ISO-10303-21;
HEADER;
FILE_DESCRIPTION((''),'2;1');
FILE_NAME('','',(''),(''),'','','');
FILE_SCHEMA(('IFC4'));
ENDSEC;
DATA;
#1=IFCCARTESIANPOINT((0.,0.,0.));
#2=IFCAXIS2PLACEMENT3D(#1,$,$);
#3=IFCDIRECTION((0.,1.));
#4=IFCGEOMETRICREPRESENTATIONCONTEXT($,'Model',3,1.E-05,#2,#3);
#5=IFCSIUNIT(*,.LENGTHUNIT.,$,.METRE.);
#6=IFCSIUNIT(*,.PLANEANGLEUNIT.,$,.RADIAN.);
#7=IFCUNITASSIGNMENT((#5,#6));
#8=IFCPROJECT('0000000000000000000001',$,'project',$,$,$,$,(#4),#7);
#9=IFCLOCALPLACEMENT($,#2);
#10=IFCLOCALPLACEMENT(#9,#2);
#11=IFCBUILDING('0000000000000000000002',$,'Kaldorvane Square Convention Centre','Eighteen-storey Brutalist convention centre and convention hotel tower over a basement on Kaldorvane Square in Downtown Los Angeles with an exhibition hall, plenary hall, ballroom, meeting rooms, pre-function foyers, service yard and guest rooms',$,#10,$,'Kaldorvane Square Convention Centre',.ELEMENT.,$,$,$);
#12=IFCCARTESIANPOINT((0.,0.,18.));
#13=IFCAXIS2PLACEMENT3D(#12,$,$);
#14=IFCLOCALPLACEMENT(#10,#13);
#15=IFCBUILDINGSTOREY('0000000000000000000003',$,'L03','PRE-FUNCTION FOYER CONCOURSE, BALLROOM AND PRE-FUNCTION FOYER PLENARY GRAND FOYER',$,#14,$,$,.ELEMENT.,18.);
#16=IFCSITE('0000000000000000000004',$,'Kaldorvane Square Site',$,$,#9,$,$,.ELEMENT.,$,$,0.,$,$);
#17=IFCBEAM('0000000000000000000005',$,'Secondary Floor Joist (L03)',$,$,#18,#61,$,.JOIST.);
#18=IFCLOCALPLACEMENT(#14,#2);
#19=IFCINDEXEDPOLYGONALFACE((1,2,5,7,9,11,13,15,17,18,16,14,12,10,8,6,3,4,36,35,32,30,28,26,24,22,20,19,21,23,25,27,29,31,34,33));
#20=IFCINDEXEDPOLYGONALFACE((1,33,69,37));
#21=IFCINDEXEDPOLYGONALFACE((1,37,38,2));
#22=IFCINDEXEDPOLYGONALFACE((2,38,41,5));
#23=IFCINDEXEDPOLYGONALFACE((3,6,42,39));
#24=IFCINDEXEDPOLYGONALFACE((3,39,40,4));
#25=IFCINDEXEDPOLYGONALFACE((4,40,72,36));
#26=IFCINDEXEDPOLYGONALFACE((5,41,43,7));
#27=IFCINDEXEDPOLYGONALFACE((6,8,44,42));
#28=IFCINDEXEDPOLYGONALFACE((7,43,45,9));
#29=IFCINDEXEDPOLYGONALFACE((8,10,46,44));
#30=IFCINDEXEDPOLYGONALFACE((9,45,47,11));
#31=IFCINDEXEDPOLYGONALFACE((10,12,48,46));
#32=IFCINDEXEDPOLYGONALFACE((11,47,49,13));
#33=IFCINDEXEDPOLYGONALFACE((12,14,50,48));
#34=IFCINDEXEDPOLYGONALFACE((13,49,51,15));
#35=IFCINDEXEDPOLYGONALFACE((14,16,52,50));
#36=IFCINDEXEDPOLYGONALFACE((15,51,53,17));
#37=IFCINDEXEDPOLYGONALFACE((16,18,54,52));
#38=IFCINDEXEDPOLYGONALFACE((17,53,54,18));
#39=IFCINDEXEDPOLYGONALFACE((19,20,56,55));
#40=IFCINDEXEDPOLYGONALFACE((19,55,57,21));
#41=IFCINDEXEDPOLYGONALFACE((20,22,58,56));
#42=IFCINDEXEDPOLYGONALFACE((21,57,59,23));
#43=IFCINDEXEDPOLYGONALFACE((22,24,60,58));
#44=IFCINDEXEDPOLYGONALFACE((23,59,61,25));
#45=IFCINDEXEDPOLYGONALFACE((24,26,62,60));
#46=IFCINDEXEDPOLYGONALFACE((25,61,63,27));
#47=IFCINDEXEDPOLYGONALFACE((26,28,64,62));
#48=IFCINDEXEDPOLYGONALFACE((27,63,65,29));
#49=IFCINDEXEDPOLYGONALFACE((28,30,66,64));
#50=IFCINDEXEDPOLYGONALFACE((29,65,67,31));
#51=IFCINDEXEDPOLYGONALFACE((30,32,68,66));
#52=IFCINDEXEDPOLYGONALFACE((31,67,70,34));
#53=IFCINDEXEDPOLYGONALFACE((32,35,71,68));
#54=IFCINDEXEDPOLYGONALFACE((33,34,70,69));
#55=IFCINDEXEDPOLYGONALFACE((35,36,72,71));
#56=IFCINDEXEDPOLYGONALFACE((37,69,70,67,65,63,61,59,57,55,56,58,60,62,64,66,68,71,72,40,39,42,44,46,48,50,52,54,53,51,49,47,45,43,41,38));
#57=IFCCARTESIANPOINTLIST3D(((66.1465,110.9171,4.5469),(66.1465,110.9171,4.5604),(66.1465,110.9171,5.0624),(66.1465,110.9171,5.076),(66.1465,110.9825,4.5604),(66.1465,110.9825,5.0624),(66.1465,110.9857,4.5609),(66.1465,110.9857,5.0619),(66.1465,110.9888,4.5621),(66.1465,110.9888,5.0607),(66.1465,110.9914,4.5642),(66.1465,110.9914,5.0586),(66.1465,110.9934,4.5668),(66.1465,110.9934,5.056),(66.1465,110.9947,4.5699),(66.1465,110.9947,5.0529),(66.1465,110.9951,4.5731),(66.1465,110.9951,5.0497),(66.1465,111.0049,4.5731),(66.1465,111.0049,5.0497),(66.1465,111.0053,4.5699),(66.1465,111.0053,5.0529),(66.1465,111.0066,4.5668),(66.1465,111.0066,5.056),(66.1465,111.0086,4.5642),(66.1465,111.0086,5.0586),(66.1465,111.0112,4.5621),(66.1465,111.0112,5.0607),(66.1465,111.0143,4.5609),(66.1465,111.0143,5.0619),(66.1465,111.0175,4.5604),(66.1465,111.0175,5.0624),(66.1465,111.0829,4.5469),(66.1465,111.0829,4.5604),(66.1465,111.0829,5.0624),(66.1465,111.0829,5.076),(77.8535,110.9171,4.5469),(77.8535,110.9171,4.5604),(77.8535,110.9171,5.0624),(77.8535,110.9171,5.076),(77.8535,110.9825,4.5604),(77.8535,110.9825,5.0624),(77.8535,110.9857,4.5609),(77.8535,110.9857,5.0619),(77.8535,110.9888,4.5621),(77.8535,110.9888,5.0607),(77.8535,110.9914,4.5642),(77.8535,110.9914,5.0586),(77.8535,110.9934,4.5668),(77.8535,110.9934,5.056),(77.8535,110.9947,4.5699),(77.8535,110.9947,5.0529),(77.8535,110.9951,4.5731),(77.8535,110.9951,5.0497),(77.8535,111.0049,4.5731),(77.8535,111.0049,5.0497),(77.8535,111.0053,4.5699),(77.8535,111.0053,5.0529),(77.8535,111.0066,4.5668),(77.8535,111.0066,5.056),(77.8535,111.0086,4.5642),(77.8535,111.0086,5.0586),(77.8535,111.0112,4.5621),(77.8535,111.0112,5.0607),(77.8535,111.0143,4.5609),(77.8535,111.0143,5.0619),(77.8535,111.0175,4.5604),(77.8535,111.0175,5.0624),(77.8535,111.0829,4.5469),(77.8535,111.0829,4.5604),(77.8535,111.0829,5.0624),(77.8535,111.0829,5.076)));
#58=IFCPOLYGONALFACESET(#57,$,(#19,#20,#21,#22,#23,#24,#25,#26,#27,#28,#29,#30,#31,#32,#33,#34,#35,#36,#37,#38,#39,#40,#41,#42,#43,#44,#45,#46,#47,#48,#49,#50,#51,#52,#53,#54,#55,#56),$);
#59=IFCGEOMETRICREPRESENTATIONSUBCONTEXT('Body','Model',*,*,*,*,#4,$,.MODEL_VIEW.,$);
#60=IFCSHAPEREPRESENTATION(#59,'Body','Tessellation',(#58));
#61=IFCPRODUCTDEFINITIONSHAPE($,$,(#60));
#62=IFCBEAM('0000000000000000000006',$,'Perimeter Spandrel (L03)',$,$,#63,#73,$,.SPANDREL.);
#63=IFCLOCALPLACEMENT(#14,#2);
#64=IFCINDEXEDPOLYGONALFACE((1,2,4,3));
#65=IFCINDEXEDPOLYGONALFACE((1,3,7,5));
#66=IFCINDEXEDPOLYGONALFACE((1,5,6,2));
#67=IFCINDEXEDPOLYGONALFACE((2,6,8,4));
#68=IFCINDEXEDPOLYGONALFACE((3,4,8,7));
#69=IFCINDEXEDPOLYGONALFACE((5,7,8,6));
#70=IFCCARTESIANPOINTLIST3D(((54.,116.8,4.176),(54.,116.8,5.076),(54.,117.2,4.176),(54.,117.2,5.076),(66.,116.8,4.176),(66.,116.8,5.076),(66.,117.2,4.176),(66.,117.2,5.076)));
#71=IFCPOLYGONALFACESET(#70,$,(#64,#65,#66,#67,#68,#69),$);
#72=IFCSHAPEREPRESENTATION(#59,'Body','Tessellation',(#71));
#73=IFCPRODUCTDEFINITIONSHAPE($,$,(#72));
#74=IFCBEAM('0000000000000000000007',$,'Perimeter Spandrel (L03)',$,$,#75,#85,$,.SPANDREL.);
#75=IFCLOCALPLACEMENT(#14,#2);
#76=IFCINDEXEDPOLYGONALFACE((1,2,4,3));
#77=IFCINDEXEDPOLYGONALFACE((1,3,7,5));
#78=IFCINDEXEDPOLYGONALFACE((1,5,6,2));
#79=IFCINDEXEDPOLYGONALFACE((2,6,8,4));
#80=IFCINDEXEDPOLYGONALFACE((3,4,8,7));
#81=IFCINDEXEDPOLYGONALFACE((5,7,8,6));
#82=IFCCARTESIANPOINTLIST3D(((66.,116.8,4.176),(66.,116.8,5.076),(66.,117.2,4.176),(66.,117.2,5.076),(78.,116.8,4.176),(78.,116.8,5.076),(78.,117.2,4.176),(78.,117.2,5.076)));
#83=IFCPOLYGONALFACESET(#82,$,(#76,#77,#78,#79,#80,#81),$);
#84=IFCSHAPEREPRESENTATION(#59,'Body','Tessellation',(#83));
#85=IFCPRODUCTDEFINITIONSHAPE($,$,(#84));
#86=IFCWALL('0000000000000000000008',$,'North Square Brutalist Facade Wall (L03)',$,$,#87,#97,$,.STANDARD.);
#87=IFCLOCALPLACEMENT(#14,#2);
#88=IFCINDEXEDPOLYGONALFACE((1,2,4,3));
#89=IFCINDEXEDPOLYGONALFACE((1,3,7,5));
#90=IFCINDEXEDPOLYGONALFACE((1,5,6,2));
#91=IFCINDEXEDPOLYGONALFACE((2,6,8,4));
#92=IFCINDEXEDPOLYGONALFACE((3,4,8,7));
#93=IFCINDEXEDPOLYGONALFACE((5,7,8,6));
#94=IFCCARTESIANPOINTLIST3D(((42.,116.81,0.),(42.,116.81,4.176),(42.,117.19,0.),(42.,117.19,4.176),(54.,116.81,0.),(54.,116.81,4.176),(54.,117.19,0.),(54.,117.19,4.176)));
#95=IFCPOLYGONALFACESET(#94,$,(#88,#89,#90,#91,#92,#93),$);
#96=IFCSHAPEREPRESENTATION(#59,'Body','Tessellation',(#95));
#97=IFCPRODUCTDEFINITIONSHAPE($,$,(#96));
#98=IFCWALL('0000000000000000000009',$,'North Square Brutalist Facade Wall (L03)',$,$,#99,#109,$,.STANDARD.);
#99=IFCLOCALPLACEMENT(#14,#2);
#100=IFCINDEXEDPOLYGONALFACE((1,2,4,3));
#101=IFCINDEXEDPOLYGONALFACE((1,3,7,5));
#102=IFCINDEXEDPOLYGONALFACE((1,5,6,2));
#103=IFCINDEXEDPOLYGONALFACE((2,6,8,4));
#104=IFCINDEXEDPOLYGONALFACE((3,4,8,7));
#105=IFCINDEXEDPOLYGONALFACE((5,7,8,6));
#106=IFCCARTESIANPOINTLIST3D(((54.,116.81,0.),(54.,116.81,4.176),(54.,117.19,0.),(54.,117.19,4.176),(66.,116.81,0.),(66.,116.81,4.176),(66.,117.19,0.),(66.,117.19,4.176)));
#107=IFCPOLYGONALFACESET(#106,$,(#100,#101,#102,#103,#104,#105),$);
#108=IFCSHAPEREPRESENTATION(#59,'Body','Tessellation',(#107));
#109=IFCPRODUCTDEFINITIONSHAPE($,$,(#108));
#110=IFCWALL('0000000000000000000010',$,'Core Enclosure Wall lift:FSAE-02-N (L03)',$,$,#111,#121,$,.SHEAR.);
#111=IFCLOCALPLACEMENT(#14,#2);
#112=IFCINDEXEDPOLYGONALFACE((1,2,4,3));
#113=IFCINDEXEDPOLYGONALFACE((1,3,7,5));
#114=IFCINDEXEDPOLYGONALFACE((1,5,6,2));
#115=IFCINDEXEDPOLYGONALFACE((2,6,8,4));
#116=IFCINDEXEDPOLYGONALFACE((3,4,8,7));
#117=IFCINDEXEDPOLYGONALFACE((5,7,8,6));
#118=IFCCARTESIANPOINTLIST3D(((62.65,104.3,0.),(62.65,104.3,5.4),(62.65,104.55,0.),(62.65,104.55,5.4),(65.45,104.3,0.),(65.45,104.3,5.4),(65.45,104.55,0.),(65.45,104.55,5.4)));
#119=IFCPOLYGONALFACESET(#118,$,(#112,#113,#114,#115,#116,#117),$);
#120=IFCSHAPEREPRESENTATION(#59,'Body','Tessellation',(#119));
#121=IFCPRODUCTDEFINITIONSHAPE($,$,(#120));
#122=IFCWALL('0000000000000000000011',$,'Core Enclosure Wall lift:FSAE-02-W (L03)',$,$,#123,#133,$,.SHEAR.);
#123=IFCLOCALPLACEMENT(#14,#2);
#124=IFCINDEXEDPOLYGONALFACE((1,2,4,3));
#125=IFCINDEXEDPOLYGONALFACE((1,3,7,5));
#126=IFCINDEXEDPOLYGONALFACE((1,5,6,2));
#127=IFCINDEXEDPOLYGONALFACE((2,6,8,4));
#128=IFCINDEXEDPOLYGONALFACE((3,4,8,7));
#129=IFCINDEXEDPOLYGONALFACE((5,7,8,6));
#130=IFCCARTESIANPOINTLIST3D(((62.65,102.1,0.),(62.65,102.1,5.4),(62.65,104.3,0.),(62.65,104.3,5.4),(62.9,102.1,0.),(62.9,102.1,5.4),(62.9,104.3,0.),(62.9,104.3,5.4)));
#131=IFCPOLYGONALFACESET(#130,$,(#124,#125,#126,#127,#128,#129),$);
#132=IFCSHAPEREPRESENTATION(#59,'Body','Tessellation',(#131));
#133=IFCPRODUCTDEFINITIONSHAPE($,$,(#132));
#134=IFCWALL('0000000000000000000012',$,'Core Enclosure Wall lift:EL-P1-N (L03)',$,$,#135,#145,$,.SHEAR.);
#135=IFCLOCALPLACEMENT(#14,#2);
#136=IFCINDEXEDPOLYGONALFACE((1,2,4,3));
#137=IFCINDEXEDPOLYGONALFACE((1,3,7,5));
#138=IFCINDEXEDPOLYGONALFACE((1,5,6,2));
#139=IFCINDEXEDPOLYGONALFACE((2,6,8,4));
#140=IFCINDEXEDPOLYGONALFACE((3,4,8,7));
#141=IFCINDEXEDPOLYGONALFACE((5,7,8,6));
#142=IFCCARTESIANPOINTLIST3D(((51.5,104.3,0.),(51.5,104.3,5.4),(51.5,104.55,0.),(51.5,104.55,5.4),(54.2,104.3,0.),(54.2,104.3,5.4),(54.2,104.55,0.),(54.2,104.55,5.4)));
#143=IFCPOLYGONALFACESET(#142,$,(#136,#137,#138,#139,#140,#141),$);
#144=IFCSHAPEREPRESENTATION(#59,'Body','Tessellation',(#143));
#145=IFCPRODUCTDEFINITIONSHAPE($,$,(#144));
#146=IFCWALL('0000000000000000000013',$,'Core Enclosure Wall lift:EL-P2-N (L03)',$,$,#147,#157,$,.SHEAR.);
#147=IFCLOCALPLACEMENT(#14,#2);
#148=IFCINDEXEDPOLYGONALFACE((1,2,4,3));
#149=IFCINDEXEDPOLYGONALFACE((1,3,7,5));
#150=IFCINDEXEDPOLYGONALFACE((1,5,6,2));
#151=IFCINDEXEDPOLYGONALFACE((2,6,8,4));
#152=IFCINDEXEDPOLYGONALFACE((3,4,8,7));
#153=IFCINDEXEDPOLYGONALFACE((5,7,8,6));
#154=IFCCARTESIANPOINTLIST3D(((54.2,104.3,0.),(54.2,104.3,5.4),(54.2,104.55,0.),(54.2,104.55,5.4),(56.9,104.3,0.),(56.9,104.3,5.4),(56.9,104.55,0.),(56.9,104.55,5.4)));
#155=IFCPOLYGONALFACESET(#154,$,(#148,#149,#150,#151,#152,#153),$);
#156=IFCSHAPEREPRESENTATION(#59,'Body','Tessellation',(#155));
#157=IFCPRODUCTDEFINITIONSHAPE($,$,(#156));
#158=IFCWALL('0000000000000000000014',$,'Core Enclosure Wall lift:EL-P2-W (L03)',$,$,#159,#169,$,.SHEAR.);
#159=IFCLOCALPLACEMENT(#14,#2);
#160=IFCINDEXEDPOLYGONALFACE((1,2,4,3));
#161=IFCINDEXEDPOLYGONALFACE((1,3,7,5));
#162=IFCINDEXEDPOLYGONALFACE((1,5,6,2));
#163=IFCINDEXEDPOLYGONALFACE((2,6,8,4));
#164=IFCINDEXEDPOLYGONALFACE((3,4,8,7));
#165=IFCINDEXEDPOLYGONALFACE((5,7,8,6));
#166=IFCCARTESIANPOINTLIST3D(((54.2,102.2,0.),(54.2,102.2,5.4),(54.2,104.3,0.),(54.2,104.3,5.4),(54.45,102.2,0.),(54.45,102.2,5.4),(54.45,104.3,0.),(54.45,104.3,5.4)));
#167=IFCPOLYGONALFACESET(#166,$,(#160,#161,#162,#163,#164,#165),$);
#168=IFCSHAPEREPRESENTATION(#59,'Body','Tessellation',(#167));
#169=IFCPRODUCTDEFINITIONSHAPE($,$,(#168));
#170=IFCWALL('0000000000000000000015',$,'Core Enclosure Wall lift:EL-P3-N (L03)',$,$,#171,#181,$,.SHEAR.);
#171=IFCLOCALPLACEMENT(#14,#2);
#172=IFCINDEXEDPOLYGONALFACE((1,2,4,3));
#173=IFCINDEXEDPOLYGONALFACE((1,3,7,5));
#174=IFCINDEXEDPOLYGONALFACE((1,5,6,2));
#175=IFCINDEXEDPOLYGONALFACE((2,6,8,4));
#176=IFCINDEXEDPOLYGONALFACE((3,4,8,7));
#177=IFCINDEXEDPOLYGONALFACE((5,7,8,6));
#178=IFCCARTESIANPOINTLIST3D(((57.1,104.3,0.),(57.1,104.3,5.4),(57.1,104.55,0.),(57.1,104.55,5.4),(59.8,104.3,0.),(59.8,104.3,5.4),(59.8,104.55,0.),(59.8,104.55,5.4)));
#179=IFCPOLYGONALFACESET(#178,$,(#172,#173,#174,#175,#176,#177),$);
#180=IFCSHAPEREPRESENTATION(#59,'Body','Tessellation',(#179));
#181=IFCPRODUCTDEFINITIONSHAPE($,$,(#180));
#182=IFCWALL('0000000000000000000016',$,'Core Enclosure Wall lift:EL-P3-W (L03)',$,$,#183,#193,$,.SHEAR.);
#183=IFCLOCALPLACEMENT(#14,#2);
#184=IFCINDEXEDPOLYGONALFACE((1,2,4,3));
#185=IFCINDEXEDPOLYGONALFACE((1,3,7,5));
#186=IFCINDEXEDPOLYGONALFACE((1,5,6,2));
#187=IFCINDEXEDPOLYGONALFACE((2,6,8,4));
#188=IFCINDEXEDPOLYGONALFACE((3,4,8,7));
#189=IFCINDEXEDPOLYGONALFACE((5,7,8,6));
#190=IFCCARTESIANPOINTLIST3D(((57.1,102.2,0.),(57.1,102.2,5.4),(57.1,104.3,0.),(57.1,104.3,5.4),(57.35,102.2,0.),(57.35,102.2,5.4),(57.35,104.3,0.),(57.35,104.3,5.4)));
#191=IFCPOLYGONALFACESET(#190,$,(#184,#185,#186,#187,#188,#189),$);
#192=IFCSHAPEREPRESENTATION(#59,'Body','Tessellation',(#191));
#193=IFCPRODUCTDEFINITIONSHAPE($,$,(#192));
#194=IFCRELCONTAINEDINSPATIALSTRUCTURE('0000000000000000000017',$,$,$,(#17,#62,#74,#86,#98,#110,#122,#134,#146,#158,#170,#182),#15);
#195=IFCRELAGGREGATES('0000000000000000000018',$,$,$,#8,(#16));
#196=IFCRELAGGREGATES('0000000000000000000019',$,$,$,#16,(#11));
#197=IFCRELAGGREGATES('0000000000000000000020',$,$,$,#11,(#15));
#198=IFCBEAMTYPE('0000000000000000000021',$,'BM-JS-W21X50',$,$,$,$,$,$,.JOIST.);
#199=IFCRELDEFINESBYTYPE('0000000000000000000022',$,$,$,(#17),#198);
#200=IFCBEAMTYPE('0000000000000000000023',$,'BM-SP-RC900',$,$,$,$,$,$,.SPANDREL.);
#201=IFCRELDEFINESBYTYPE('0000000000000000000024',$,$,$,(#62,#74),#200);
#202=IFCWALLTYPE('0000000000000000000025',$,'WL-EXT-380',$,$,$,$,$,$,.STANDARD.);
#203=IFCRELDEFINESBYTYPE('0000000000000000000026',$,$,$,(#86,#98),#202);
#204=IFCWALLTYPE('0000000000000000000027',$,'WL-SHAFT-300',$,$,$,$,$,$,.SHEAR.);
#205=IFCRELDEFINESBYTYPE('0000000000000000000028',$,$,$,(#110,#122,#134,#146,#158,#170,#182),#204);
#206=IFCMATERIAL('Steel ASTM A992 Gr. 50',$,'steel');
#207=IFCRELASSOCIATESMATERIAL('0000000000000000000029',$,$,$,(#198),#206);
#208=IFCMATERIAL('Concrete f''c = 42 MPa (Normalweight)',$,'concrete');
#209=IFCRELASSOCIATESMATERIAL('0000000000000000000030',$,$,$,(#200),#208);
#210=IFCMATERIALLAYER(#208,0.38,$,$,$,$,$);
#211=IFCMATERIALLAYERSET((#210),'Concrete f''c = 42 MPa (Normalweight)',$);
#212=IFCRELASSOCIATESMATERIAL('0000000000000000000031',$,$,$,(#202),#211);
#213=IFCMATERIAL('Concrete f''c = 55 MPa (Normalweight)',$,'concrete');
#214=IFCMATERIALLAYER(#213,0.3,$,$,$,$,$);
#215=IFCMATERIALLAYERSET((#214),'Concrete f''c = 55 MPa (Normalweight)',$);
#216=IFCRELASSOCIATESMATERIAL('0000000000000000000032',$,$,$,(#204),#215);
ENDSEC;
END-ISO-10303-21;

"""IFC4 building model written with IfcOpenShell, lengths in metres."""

from ifc_helpers import new_model, si_unit, direction, frame, frame_2d, origin, origin_2d, place, context, subcontext, project, spatial, rectangle, i_section, extrude, material, layer, layer_set, material_profile, profile_set, type_object, element, save


model = new_model("IFC4")

# Units and contexts
model_context = context("Model", 3, precision=1e-05, world=origin(), true_north=direction((0.0, 1.0)))
body_context = subcontext(model_context, "Body", "Model", "MODEL_VIEW")
ifc_project = project(units=[si_unit("LENGTHUNIT", "METRE"), si_unit("PLANEANGLEUNIT", "RADIAN")], contexts=[model_context])

# Site, building, storey
site_placement = place(None, origin())
site = spatial("IfcSite", under=ifc_project, at=site_placement, Name="Kaldorvane Square Site", CompositionType="ELEMENT", RefElevation=0.0)
building_placement = place(site_placement, origin())
building = spatial("IfcBuilding", under=site, at=building_placement, Name="Kaldorvane Square Convention Centre", Description="Eighteen-storey Brutalist convention centre and convention hotel tower over a basement on Kaldorvane Square in Downtown Los Angeles with an exhibition hall, plenary hall, ballroom, meeting rooms, pre-function foyers, service yard and guest rooms", LongName="Kaldorvane Square Convention Centre", CompositionType="ELEMENT")
storey_placement = place(building_placement, frame((0.0, 0.0, 18.0)))
storey = spatial("IfcBuildingStorey", under=building, at=storey_placement, Name="L03", Description="PRE-FUNCTION FOYER CONCOURSE, BALLROOM AND PRE-FUNCTION FOYER PLENARY GRAND FOYER", CompositionType="ELEMENT", Elevation=18.0)

# Shared definitions
ifc_material_1 = material(Name="Concrete f'c = 55 MPa (Normalweight)", Category="concrete")
ifc_material_2 = material(Name="Steel ASTM A992 Gr. 50", Category="steel")

# Beams
ifc_material_profile_1 = material_profile(ifc_material_2, i_section(OverallWidth=0.1659, OverallDepth=0.5291, WebThickness=0.0097, FlangeThickness=0.0136, FilletRadius=0.0127, at=origin_2d()), Name="W21X50")
ifc_profile_set_1 = profile_set([ifc_material_profile_1], Name="Steel ASTM A992 Gr. 50")
beam_type_1 = type_object("IfcBeamType", Name="BM-JS-W21X50", PredefinedType="JOIST", material=ifc_profile_set_1)
for number, where, z_axis, x_axis, name in (
    (1, (66.1465, 111.0, 4.8114), (1.0, 0.0, 0.0), (0.0, 1.0, 0.0), "Secondary Floor Joist (L03)"),
):
    element("IfcBeam", number, at=place(storey_placement, frame(where, z_axis=z_axis, x_axis=x_axis)), inside=storey, type_object=beam_type_1, Name=name, PredefinedType="JOIST", context=body_context, shape_type="SweptSolid", body=[
        extrude(i_section(OverallWidth=0.1659, OverallDepth=0.5291, WebThickness=0.0097, FlangeThickness=0.0136, FilletRadius=0.0127, at=origin_2d()), origin(), (0.0, 0.0, 1.0), 11.707),
    ])
ifc_material_3 = material(Name="Concrete f'c = 42 MPa (Normalweight)", Category="concrete")
ifc_material_profile_2 = material_profile(ifc_material_3, rectangle(XDim=0.4, YDim=0.9, at=origin_2d()), Name="RCSP900X400")
ifc_profile_set_2 = profile_set([ifc_material_profile_2], Name="Concrete f'c = 42 MPa (Normalweight)")
beam_type_2 = type_object("IfcBeamType", Name="BM-SP-RC900", PredefinedType="SPANDREL", material=ifc_profile_set_2)
for number, where, z_axis, x_axis, name in (
    (2, (54.0, 117.0, 4.626), (1.0, 0.0, 0.0), (0.0, 1.0, 0.0), "Perimeter Spandrel (L03)"),
    (3, (66.0, 117.0, 4.626), (1.0, 0.0, 0.0), (0.0, 1.0, 0.0), "Perimeter Spandrel (L03)"),
):
    element("IfcBeam", number, at=place(storey_placement, frame(where, z_axis=z_axis, x_axis=x_axis)), inside=storey, type_object=beam_type_2, Name=name, PredefinedType="SPANDREL", context=body_context, shape_type="SweptSolid", body=[
        extrude(rectangle(XDim=0.4, YDim=0.9, at=origin_2d()), origin(), (0.0, 0.0, 1.0), 12.0),
    ])

# Walls
ifc_layer_1 = layer(ifc_material_3, 0.38)
ifc_layer_set_1 = layer_set([ifc_layer_1], Name="Concrete f'c = 42 MPa (Normalweight)")
wall_type_1 = type_object("IfcWallType", Name="WL-EXT-380", PredefinedType="STANDARD", material=ifc_layer_set_1)
for number, where, z_axis, x_axis, name in (
    (4, (54.0, 117.0, 0.0), (0.0, 0.0, 1.0), (-1.0, 0.0, 0.0), "North Square Brutalist Facade Wall (L03)"),
    (5, (66.0, 117.0, 0.0), (0.0, 0.0, 1.0), (-1.0, 0.0, 0.0), "North Square Brutalist Facade Wall (L03)"),
):
    element("IfcWall", number, at=place(storey_placement, frame(where, z_axis=z_axis, x_axis=x_axis)), inside=storey, type_object=wall_type_1, Name=name, PredefinedType="STANDARD", context=body_context, shape_type="SweptSolid", body=[
        extrude(rectangle(XDim=12.0, YDim=0.38, at=frame_2d((6.0, 0.0))), origin(), (0.0, 0.0, 1.0), 4.176),
    ])
ifc_layer_2 = layer(ifc_material_1, 0.3)
ifc_layer_set_2 = layer_set([ifc_layer_2], Name="Concrete f'c = 55 MPa (Normalweight)")
wall_type_2 = type_object("IfcWallType", Name="WL-SHAFT-300", PredefinedType="SHEAR", material=ifc_layer_set_2)
wall_1_placement = place(storey_placement, frame((65.45, 104.425, 0.0), z_axis=(0.0, 0.0, 1.0), x_axis=(-1.0, 0.0, 0.0)))
element("IfcWall", 6, at=wall_1_placement, inside=storey, type_object=wall_type_2, Name="Core Enclosure Wall lift:FSAE-02-N (L03)", PredefinedType="SHEAR", context=body_context, shape_type="SweptSolid", body=[
    extrude(rectangle(XDim=2.8, YDim=0.25, at=frame_2d((1.4, 0.0))), origin(), (0.0, 0.0, 1.0), 5.4),
])
wall_2_placement = place(storey_placement, frame((62.775, 104.3, 0.0), z_axis=(0.0, 0.0, 1.0), x_axis=(0.0, -1.0, 0.0)))
element("IfcWall", 7, at=wall_2_placement, inside=storey, type_object=wall_type_2, Name="Core Enclosure Wall lift:FSAE-02-W (L03)", PredefinedType="SHEAR", context=body_context, shape_type="SweptSolid", body=[
    extrude(rectangle(XDim=2.2, YDim=0.25, at=frame_2d((1.1, 0.0))), origin(), (0.0, 0.0, 1.0), 5.4),
])
for number, where, z_axis, x_axis, name in (
    (8, (54.2, 104.425, 0.0), (0.0, 0.0, 1.0), (-1.0, 0.0, 0.0), "Core Enclosure Wall lift:EL-P1-N (L03)"),
    (9, (56.9, 104.425, 0.0), (0.0, 0.0, 1.0), (-1.0, 0.0, 0.0), "Core Enclosure Wall lift:EL-P2-N (L03)"),
):
    element("IfcWall", number, at=place(storey_placement, frame(where, z_axis=z_axis, x_axis=x_axis)), inside=storey, type_object=wall_type_2, Name=name, PredefinedType="SHEAR", context=body_context, shape_type="SweptSolid", body=[
        extrude(rectangle(XDim=2.7, YDim=0.25, at=frame_2d((1.35, 0.0))), origin(), (0.0, 0.0, 1.0), 5.4),
    ])
wall_3_placement = place(storey_placement, frame((54.325, 104.3, 0.0), z_axis=(0.0, 0.0, 1.0), x_axis=(0.0, -1.0, 0.0)))
element("IfcWall", 10, at=wall_3_placement, inside=storey, type_object=wall_type_2, Name="Core Enclosure Wall lift:EL-P2-W (L03)", PredefinedType="SHEAR", context=body_context, shape_type="SweptSolid", body=[
    extrude(rectangle(XDim=2.1, YDim=0.25, at=frame_2d((1.05, 0.0))), origin(), (0.0, 0.0, 1.0), 5.4),
])
wall_4_placement = place(storey_placement, frame((59.8, 104.425, 0.0), z_axis=(0.0, 0.0, 1.0), x_axis=(-1.0, 0.0, 0.0)))
element("IfcWall", 11, at=wall_4_placement, inside=storey, type_object=wall_type_2, Name="Core Enclosure Wall lift:EL-P3-N (L03)", PredefinedType="SHEAR", context=body_context, shape_type="SweptSolid", body=[
    extrude(rectangle(XDim=2.7, YDim=0.25, at=frame_2d((1.35, 0.0))), origin(), (0.0, 0.0, 1.0), 5.4),
])
wall_5_placement = place(storey_placement, frame((57.225, 104.3, 0.0), z_axis=(0.0, 0.0, 1.0), x_axis=(0.0, -1.0, 0.0)))
element("IfcWall", 12, at=wall_5_placement, inside=storey, type_object=wall_type_2, Name="Core Enclosure Wall lift:EL-P3-W (L03)", PredefinedType="SHEAR", context=body_context, shape_type="SweptSolid", body=[
    extrude(rectangle(XDim=2.1, YDim=0.25, at=frame_2d((1.05, 0.0))), origin(), (0.0, 0.0, 1.0), 5.4),
])

save(model, "model.ifc")
